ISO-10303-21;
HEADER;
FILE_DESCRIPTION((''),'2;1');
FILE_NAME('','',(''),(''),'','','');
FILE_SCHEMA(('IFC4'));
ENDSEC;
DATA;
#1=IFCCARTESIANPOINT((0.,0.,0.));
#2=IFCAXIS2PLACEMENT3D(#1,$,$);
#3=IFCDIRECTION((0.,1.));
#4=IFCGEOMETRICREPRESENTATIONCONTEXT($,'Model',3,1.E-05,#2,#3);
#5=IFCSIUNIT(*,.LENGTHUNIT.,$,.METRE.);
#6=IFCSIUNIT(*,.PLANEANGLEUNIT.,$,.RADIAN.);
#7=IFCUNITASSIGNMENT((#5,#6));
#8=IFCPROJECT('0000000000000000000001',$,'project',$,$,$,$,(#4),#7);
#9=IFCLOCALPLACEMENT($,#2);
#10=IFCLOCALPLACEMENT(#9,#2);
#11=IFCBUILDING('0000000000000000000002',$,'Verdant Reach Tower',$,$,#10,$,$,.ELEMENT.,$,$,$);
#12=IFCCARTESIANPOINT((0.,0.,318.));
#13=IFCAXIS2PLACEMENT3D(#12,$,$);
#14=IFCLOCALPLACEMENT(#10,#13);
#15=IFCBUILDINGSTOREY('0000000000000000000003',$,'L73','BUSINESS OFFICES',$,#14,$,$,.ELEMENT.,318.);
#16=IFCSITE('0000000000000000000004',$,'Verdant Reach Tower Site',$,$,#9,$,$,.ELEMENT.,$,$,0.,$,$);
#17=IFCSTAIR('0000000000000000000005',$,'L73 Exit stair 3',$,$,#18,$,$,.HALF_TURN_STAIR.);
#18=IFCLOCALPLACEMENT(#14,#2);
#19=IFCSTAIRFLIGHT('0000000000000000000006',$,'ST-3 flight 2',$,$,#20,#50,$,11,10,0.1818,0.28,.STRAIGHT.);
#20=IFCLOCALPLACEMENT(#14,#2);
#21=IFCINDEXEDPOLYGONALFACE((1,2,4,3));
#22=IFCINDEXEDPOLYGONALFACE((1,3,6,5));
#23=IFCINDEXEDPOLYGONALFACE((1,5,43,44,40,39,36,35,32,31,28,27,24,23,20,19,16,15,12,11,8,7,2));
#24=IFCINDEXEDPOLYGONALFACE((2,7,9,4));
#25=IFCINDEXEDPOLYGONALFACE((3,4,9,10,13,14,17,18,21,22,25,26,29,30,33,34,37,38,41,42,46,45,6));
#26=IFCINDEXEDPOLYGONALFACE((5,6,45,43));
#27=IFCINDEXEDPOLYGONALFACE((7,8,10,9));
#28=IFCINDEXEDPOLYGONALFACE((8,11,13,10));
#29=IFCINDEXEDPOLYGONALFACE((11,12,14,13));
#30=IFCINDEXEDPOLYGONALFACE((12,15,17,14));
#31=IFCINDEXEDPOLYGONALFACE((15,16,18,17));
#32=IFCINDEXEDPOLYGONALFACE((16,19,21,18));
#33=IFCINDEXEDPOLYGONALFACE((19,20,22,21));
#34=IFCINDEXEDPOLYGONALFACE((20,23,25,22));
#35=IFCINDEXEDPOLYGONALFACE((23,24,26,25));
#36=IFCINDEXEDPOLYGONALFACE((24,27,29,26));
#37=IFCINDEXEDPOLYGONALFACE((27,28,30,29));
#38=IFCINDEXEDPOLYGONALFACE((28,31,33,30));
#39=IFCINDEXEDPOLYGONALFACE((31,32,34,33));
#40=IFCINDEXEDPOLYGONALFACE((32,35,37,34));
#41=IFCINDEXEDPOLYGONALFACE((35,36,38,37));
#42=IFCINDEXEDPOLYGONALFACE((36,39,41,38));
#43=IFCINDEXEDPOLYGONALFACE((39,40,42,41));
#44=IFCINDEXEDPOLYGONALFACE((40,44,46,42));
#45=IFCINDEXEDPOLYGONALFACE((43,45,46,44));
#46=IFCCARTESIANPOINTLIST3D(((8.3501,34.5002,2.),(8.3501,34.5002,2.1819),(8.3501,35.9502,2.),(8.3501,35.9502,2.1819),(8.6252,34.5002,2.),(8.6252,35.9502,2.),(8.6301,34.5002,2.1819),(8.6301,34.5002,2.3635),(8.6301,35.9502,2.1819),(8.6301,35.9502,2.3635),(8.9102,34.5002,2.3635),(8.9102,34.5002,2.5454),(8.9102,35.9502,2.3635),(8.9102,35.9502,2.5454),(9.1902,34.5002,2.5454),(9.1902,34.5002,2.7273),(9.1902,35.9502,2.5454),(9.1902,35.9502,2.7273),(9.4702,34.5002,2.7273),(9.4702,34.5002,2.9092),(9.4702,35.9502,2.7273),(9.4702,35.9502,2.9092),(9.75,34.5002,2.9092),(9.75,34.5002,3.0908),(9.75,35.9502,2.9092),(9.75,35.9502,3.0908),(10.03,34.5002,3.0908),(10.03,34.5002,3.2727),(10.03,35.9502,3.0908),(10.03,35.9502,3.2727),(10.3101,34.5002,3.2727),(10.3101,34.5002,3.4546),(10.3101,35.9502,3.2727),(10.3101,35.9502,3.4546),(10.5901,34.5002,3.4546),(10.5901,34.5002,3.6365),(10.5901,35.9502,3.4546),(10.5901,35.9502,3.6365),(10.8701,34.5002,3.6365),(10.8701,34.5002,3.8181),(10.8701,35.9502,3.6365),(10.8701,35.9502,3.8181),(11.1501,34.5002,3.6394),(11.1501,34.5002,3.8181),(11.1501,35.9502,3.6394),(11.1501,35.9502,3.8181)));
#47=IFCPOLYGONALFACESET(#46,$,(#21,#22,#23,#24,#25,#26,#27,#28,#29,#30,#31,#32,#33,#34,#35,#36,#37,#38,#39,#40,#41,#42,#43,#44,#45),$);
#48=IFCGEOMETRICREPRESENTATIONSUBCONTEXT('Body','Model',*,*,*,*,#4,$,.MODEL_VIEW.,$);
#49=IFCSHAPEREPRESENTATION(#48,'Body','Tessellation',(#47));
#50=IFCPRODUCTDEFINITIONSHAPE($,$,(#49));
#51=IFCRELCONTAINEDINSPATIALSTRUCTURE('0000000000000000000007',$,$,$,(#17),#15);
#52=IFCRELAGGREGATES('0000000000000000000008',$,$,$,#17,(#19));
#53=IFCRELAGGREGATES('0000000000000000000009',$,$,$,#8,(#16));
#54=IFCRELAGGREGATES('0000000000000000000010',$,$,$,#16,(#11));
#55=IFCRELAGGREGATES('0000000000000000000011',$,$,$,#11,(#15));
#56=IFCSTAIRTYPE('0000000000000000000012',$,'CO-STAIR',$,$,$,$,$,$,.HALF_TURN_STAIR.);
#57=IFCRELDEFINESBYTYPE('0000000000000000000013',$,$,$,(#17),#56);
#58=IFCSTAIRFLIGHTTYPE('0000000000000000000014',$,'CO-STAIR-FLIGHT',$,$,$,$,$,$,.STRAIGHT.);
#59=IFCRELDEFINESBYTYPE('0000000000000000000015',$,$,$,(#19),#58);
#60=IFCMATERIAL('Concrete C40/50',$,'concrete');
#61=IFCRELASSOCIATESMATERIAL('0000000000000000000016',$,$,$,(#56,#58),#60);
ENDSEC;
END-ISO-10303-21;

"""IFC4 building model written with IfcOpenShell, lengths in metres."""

from ifc_helpers import new_model, si_unit, direction, frame, origin, place, context, subcontext, project, spatial, polyline, outline, extrude, material, type_object, element, aggregate, save


model = new_model("IFC4")

# Units and contexts
model_context = context("Model", 3, precision=1e-05, world=origin(), true_north=direction((0.0, 1.0)))
body_context = subcontext(model_context, "Body", "Model", "MODEL_VIEW")
ifc_project = project(units=[si_unit("LENGTHUNIT", "METRE"), si_unit("PLANEANGLEUNIT", "RADIAN")], contexts=[model_context])

# Site, building, storey
site_placement = place(None, origin())
site = spatial("IfcSite", under=ifc_project, at=site_placement, Name="Verdant Reach Tower Site", CompositionType="ELEMENT", RefElevation=0.0)
building_placement = place(site_placement, origin())
building = spatial("IfcBuilding", under=site, at=building_placement, Name="Verdant Reach Tower", CompositionType="ELEMENT")
storey_placement = place(building_placement, frame((0.0, 0.0, 318.0)))
storey = spatial("IfcBuildingStorey", under=building, at=storey_placement, Name="L73", Description="BUSINESS OFFICES", CompositionType="ELEMENT", Elevation=318.0)

# Stair, stair flight
ifc_material_1 = material(Name="Concrete C40/50", Category="concrete")
stair_type = type_object("IfcStairType", Name="CO-STAIR", PredefinedType="HALF_TURN_STAIR", material=ifc_material_1)
stair_placement = place(storey_placement, origin())
stair = element("IfcStair", 1, at=stair_placement, inside=storey, type_object=stair_type, Name="L73 Exit stair 3", PredefinedType="HALF_TURN_STAIR")
stair_flight_type = type_object("IfcStairFlightType", Name="CO-STAIR-FLIGHT", PredefinedType="STRAIGHT", material=ifc_material_1)
stair_flight_1_placement = place(storey_placement, frame((8.3501, 35.2251, 2.0), z_axis=(0.0, 0.0, 1.0), x_axis=(1.0, 0.0, 0.0)))
stair_flight_1 = element("IfcStairFlight", 2, at=stair_flight_1_placement, type_object=stair_flight_type, Name="ST-3 flight 2", NumberOfRisers=11, NumberOfTreads=10, PredefinedType="STRAIGHT", RiserHeight=0.1818, TreadLength=0.28, context=body_context, shape_type="SweptSolid", body=[
    extrude(outline(polyline([(0.0, 0.0), (0.0, 0.1819), (0.28, 0.1819), (0.28, 0.3635), (0.5601, 0.3635), (0.5601, 0.5454), (0.8401, 0.5454), (0.8401, 0.7273), (1.1201, 0.7273), (1.1201, 0.9092), (1.3999, 0.9092), (1.3999, 1.0908), (1.6799, 1.0908), (1.6799, 1.2727), (1.96, 1.2727), (1.96, 1.4546), (2.24, 1.4546), (2.24, 1.6365), (2.52, 1.6365), (2.52, 1.8181), (2.8, 1.8181), (2.8, 2.0), (2.8, 1.6394), (0.2751, 0.0), (0.0, 0.0)])), frame((0.0, 0.7251, 0.0), z_axis=(0.0, -1.0, 0.0), x_axis=(1.0, 0.0, 0.0)), (0.0, 0.0, 1.0), 1.45),
])
aggregate(stair, [stair_flight_1])

save(model, "model.ifc")
